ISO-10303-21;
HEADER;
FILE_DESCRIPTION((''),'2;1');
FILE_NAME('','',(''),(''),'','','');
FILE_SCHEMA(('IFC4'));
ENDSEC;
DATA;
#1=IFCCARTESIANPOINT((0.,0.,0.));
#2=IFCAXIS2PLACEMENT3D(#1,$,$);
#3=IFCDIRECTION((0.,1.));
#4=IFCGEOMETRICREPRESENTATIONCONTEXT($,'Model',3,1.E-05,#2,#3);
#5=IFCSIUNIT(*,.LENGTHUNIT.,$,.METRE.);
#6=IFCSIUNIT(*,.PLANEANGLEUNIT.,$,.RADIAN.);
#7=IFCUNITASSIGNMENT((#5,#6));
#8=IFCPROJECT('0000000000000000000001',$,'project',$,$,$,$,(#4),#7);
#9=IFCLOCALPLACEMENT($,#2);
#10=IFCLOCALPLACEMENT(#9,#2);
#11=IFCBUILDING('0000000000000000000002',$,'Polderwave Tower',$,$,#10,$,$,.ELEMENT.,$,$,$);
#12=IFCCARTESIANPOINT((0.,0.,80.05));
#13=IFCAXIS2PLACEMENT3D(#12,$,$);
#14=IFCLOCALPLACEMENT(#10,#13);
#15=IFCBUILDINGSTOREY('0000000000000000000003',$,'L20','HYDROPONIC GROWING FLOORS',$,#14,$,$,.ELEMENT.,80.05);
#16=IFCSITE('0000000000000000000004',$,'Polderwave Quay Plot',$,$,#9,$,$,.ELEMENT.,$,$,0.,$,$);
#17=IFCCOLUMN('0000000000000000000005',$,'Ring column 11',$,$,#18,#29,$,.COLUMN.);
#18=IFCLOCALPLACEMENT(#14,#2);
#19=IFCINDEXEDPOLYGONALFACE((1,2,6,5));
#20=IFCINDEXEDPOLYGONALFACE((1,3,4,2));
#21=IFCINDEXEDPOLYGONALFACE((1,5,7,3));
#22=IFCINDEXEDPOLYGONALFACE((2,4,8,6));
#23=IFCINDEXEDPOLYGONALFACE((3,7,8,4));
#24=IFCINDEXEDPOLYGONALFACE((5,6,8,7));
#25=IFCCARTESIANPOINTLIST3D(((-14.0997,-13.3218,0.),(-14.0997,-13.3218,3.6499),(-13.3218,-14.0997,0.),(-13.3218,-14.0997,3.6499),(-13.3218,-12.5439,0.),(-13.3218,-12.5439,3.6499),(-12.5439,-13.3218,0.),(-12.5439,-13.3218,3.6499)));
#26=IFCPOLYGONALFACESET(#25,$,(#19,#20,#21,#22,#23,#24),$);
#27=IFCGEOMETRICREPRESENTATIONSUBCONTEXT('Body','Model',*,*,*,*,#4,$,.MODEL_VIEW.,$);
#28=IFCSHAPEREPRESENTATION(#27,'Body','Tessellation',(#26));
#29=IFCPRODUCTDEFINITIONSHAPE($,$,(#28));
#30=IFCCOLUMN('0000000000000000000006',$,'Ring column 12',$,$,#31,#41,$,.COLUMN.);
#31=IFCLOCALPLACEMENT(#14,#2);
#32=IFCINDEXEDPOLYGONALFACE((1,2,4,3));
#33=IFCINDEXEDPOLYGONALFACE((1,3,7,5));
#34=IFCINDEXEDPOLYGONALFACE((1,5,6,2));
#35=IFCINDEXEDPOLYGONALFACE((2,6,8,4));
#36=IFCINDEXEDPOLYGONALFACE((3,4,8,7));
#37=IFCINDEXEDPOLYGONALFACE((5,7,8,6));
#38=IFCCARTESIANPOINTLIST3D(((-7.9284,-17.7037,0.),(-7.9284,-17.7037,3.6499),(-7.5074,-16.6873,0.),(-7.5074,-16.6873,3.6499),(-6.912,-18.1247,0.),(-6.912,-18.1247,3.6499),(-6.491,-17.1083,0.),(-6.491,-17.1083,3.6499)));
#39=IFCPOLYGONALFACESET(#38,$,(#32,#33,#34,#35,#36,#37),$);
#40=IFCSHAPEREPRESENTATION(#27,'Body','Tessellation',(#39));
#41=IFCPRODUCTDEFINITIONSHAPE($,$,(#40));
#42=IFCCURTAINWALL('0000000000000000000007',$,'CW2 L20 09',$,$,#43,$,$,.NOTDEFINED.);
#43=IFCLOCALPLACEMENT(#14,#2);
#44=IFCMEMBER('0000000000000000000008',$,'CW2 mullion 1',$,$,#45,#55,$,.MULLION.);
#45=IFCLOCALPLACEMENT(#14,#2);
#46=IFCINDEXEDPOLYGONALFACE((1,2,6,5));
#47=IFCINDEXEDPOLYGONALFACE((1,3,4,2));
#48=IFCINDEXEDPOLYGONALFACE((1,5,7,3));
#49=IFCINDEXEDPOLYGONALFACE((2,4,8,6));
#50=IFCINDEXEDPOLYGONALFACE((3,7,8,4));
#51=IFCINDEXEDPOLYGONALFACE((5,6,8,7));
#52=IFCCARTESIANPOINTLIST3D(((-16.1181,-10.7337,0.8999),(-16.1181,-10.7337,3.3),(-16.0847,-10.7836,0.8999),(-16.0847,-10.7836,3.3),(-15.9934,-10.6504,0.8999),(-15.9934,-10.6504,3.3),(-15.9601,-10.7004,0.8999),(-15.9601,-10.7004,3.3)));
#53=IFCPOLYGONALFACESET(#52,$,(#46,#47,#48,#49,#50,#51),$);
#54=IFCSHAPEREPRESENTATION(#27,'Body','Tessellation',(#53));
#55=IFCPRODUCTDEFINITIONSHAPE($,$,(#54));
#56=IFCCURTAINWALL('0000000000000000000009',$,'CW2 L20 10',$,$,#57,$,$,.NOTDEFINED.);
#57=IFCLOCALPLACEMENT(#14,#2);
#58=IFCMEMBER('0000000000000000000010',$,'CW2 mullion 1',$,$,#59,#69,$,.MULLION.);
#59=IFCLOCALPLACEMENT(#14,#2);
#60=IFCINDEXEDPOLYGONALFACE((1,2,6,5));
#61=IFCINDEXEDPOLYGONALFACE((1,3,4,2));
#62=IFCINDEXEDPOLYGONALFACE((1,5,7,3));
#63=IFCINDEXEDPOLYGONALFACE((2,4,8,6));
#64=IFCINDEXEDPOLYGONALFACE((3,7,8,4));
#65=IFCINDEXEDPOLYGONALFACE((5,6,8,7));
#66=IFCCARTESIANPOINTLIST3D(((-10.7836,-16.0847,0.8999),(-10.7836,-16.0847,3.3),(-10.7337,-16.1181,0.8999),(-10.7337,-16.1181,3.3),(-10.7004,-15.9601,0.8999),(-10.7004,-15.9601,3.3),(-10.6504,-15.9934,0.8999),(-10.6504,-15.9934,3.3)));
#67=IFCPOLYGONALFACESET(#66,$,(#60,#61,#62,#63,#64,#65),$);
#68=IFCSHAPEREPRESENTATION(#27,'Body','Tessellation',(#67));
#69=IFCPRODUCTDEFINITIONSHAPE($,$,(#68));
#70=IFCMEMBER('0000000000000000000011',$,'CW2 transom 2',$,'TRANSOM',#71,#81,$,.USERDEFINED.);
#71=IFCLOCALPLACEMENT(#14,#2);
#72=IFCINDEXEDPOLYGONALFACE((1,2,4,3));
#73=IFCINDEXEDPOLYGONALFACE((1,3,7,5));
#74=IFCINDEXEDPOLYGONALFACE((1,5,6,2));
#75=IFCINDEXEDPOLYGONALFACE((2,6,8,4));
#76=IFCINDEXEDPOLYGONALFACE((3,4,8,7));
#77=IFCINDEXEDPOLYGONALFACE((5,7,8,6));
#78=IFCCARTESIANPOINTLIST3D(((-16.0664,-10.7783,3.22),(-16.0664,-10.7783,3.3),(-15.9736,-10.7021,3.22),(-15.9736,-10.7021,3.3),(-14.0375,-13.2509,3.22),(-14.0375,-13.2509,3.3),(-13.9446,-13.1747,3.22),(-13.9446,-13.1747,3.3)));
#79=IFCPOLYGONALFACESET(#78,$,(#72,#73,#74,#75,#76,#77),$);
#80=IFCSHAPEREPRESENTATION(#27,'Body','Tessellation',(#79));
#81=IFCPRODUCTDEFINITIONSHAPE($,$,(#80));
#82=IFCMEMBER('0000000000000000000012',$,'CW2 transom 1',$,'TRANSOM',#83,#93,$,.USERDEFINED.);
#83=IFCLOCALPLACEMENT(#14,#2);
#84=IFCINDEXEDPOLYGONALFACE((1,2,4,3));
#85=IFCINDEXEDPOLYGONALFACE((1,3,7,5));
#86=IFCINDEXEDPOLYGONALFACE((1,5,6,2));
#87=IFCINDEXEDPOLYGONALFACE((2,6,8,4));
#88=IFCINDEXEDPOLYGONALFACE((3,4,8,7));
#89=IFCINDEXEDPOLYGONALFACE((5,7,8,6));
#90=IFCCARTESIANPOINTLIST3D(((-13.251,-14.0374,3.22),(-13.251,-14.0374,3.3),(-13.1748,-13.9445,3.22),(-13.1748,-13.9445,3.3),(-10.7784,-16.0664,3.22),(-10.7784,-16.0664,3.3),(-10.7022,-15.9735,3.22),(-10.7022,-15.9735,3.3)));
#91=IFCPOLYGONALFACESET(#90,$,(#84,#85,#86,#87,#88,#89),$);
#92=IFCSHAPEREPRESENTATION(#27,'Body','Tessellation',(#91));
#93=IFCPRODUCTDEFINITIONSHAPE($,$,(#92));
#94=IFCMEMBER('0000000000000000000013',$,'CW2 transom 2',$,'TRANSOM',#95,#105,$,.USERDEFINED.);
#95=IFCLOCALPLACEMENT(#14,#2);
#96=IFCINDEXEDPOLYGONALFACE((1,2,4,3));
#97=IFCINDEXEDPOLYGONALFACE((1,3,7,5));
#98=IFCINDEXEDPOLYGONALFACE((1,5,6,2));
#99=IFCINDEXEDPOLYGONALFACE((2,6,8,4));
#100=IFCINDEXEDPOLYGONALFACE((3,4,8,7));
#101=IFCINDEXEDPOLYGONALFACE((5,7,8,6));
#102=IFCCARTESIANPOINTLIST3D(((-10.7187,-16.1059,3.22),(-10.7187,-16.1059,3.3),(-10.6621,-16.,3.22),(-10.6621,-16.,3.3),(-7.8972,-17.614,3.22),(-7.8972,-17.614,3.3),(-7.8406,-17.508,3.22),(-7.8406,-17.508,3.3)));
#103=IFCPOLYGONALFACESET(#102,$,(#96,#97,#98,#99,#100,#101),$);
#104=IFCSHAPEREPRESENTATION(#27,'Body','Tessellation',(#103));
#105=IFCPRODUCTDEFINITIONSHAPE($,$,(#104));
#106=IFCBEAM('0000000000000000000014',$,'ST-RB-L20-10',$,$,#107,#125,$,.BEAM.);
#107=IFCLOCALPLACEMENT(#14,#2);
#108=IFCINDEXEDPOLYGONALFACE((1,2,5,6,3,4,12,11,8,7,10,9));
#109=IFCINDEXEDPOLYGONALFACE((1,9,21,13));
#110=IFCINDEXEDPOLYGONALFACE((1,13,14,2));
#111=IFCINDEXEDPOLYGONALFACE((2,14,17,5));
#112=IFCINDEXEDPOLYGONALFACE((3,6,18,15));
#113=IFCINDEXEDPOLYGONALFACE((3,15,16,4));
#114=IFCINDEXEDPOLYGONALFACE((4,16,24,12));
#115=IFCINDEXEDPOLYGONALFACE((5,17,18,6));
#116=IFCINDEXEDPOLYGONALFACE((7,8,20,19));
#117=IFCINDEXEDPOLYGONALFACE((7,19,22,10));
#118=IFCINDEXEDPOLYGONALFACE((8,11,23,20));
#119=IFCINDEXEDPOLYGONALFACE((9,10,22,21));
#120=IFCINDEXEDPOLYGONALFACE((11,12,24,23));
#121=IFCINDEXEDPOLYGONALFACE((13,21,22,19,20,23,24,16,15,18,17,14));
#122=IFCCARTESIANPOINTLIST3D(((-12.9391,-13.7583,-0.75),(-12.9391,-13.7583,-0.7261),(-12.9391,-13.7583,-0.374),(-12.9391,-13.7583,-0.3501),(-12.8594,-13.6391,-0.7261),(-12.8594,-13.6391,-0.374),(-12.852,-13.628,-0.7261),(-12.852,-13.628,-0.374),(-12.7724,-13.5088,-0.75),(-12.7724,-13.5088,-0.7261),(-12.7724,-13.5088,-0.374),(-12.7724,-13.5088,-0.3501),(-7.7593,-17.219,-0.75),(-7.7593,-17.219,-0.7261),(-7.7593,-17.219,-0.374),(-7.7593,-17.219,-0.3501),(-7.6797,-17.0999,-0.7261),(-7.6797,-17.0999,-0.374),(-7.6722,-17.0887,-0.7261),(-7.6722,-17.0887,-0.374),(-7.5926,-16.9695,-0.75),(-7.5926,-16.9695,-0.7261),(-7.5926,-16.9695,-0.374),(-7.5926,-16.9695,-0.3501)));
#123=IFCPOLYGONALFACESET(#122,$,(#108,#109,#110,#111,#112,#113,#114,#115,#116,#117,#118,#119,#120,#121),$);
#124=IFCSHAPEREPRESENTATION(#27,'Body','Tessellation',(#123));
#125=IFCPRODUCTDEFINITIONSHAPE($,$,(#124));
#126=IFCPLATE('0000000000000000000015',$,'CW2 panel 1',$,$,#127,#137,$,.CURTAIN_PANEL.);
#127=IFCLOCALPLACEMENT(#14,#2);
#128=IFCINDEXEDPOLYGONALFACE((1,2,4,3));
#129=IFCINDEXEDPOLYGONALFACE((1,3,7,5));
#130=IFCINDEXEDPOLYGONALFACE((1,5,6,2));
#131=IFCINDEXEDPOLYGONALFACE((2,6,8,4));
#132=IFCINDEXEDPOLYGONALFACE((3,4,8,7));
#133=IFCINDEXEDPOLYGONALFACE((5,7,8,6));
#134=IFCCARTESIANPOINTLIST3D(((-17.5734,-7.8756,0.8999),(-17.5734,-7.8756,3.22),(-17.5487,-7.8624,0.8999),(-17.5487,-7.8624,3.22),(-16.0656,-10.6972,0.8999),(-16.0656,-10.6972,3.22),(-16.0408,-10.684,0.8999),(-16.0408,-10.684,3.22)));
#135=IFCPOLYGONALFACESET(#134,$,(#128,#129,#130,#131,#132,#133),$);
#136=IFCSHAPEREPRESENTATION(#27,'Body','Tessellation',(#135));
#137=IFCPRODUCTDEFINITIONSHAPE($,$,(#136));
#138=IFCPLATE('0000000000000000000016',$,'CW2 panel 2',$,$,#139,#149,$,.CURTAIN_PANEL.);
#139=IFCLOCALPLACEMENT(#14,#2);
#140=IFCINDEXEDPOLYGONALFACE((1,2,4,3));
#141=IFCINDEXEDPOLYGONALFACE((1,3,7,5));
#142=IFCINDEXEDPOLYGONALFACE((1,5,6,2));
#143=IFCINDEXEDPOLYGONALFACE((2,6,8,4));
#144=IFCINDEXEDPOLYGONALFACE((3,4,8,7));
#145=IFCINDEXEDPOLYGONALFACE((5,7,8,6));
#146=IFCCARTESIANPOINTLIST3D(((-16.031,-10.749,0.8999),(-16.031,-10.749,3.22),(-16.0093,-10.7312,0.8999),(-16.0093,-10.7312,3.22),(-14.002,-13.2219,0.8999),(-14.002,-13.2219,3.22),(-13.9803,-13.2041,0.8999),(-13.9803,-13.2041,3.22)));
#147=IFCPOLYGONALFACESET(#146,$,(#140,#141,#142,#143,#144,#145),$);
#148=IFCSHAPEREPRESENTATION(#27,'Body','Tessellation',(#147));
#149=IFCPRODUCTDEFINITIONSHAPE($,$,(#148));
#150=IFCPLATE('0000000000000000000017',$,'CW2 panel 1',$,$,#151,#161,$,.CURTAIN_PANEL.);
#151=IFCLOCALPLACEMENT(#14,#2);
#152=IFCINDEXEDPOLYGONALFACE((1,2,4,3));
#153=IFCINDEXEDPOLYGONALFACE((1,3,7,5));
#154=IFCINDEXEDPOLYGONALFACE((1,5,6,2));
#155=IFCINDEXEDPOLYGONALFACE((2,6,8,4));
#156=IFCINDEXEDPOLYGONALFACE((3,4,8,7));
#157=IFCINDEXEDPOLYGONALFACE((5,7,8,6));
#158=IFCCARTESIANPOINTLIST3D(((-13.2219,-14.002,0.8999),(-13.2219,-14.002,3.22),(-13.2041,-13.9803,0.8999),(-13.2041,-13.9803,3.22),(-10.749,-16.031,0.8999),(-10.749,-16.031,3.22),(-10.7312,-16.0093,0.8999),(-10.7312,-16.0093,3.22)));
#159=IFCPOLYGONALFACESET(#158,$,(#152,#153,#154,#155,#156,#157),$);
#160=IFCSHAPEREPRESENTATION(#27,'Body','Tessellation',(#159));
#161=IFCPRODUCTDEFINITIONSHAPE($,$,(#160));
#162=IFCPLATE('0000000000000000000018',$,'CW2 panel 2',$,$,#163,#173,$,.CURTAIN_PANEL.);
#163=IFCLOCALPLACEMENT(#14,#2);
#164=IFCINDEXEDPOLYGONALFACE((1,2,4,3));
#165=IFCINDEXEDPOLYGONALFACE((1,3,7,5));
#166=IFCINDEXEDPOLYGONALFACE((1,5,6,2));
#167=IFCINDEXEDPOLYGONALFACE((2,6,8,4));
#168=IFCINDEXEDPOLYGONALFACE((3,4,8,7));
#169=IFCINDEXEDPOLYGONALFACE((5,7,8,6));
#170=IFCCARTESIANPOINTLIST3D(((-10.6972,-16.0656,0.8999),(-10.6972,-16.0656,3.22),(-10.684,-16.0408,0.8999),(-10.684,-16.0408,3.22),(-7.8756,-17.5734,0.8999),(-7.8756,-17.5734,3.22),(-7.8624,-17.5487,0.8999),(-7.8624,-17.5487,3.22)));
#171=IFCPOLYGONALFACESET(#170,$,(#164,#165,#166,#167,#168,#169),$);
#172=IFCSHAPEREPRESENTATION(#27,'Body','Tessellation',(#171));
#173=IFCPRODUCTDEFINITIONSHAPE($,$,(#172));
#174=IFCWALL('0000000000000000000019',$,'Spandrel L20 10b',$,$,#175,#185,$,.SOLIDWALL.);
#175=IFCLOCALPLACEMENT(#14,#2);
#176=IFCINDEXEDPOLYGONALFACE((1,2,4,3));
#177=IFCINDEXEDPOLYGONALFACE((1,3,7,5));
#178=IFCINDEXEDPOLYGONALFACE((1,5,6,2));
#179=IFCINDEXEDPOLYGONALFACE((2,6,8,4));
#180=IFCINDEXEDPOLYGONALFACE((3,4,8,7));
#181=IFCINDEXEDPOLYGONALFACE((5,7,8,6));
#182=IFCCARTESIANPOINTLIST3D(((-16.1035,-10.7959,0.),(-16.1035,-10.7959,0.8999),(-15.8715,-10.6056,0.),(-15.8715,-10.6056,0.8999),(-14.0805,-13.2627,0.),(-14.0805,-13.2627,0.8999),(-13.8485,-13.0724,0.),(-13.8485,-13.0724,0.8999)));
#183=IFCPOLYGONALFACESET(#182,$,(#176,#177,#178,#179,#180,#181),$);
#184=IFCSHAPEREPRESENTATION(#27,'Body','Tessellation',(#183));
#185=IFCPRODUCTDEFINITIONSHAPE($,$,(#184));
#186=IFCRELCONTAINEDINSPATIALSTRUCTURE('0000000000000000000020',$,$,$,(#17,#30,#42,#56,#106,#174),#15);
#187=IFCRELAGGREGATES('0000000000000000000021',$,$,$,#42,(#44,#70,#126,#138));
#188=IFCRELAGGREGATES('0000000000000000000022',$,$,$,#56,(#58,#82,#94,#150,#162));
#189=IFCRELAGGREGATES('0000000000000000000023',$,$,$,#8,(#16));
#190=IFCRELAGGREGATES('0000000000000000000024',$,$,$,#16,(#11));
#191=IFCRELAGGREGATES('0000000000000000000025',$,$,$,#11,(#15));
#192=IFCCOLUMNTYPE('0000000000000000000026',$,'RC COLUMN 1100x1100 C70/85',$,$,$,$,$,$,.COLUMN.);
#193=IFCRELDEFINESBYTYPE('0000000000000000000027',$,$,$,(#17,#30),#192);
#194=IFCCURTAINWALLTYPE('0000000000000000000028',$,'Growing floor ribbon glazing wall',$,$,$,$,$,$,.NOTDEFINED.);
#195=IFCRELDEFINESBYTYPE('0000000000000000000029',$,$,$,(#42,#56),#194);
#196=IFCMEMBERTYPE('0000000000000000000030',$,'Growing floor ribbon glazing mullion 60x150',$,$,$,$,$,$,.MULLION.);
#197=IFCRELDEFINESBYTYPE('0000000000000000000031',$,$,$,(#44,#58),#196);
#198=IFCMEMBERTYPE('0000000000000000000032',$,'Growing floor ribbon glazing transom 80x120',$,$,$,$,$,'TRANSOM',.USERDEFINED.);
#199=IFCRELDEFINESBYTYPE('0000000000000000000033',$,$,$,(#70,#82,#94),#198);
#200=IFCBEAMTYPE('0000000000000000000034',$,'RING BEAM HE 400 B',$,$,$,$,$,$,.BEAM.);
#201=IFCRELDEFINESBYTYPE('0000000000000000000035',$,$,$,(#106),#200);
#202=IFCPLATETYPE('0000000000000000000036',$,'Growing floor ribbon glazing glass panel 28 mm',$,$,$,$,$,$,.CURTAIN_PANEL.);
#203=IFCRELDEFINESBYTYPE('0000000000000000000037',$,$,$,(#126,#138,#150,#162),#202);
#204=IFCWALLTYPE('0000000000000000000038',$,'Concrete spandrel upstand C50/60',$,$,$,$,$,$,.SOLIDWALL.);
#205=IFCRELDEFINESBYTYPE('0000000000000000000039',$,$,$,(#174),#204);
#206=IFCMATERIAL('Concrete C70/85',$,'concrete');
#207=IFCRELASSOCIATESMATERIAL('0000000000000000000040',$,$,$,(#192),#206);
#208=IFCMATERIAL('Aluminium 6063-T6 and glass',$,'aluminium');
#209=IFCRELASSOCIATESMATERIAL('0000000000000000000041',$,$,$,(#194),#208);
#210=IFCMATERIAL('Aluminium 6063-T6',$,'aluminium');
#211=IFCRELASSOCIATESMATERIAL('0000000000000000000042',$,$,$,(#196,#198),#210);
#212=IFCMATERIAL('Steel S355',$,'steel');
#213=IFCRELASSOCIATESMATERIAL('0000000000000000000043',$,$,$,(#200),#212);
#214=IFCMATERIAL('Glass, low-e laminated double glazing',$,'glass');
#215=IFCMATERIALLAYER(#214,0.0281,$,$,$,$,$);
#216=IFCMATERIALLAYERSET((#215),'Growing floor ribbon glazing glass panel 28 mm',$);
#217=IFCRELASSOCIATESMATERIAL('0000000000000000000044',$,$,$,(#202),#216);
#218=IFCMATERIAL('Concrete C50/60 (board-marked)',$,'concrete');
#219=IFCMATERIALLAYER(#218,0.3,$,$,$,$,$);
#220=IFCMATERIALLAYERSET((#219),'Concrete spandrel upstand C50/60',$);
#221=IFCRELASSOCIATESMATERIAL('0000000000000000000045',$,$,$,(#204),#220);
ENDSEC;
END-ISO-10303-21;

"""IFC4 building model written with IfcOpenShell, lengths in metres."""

from ifc_helpers import new_model, si_unit, direction, frame, frame_2d, origin, origin_2d, place, context, subcontext, project, spatial, rectangle, i_section, extrude, material, layer, layer_set, material_profile, profile_set, type_object, element, aggregate, save


model = new_model("IFC4")

# Units and contexts
model_context = context("Model", 3, precision=1e-05, world=origin(), true_north=direction((0.0, 1.0)))
body_context = subcontext(model_context, "Body", "Model", "MODEL_VIEW")
ifc_project = project(units=[si_unit("LENGTHUNIT", "METRE"), si_unit("PLANEANGLEUNIT", "RADIAN")], contexts=[model_context])

# Site, building, storey
site_placement = place(None, origin())
site = spatial("IfcSite", under=ifc_project, at=site_placement, Name="Polderwave Quay Plot", CompositionType="ELEMENT", RefElevation=0.0)
building_placement = place(site_placement, origin())
building = spatial("IfcBuilding", under=site, at=building_placement, Name="Polderwave Tower", CompositionType="ELEMENT")
storey_placement = place(building_placement, frame((0.0, 0.0, 80.05)))
storey = spatial("IfcBuildingStorey", under=building, at=storey_placement, Name="L20", Description="HYDROPONIC GROWING FLOORS", CompositionType="ELEMENT", Elevation=80.05)

# Columns
ifc_material_1 = material(Name="Concrete C70/85", Category="concrete")
ifc_material_profile_1 = material_profile(ifc_material_1, rectangle(XDim=1.1001, YDim=1.1001, at=origin_2d()), Name="RC 1100x1100")
ifc_profile_set_1 = profile_set([ifc_material_profile_1], Name="Concrete C70/85")
column_type = type_object("IfcColumnType", Name="RC COLUMN 1100x1100 C70/85", PredefinedType="COLUMN", material=ifc_profile_set_1)
for number, where, z_axis, x_axis, name in (
    (1, (-13.3218, -13.3218, 0.0), (0.0, 0.0, 1.0), (-0.707107, -0.707107, 0.0), "Ring column 11"),
    (2, (-7.2097, -17.406, 0.0), (0.0, 0.0, 1.0), (-0.382683, -0.92388, 0.0), "Ring column 12"),
):
    element("IfcColumn", number, at=place(storey_placement, frame(where, z_axis=z_axis, x_axis=x_axis)), inside=storey, type_object=column_type, Name=name, PredefinedType="COLUMN", context=body_context, shape_type="SweptSolid", body=[
        extrude(rectangle(XDim=1.1001, YDim=1.1001, at=origin_2d()), origin(), (0.0, 0.0, 1.0), 3.6499),
    ])

# Curtain walls, members
ifc_material_2 = material(Name="Aluminium 6063-T6 and glass", Category="aluminium")
curtain_wall_type = type_object("IfcCurtainWallType", Name="Growing floor ribbon glazing wall", PredefinedType="NOTDEFINED", material=ifc_material_2)
curtain_wall_1_placement = place(storey_placement, origin())
curtain_wall_1 = element("IfcCurtainWall", 3, at=curtain_wall_1_placement, inside=storey, type_object=curtain_wall_type, Name="CW2 L20 09", PredefinedType="NOTDEFINED")
ifc_material_3 = material(Name="Aluminium 6063-T6", Category="aluminium")
ifc_material_profile_2 = material_profile(ifc_material_3, rectangle(XDim=0.1499, YDim=0.0601, at=origin_2d()), Name="AL 60x150")
ifc_profile_set_2 = profile_set([ifc_material_profile_2], Name="Aluminium 6063-T6")
member_type_1 = type_object("IfcMemberType", Name="Growing floor ribbon glazing mullion 60x150", PredefinedType="MULLION", material=ifc_profile_set_2)
member_1_placement = place(storey_placement, frame((-16.0391, -10.717, 0.8999), z_axis=(0.0, 0.0, 1.0), x_axis=(0.831519, 0.555496, 0.0)))
member_1 = element("IfcMember", 4, at=member_1_placement, type_object=member_type_1, Name="CW2 mullion 1", PredefinedType="MULLION", context=body_context, shape_type="SweptSolid", body=[
    extrude(rectangle(XDim=0.1499, YDim=0.0601, at=origin_2d()), origin(), (0.0, 0.0, 1.0), 2.4001),
])
curtain_wall_2_placement = place(storey_placement, origin())
curtain_wall_2 = element("IfcCurtainWall", 5, at=curtain_wall_2_placement, inside=storey, type_object=curtain_wall_type, Name="CW2 L20 10", PredefinedType="NOTDEFINED")
member_2_placement = place(storey_placement, frame((-10.717, -16.0391, 0.8999), z_axis=(0.0, 0.0, 1.0), x_axis=(0.555496, 0.831519, 0.0)))
member_2 = element("IfcMember", 6, at=member_2_placement, type_object=member_type_1, Name="CW2 mullion 1", PredefinedType="MULLION", context=body_context, shape_type="SweptSolid", body=[
    extrude(rectangle(XDim=0.1499, YDim=0.0601, at=origin_2d()), origin(), (0.0, 0.0, 1.0), 2.4001),
])

# Members
ifc_material_profile_3 = material_profile(ifc_material_3, rectangle(XDim=0.1201, YDim=0.0801, at=origin_2d()), Name="AL 80x120")
ifc_profile_set_3 = profile_set([ifc_material_profile_3], Name="Aluminium 6063-T6")
member_type_2 = type_object("IfcMemberType", Name="Growing floor ribbon glazing transom 80x120", ElementType="TRANSOM", PredefinedType="USERDEFINED", material=ifc_profile_set_3)
member_3_placement = place(storey_placement, frame((-16.02, -10.7402, 3.26), z_axis=(0.634355, -0.773042, 0.0), x_axis=(0.773042, 0.634355, 0.0)))
member_3 = element("IfcMember", 7, at=member_3_placement, type_object=member_type_2, Name="CW2 transom 2", ObjectType="TRANSOM", PredefinedType="USERDEFINED", context=body_context, shape_type="SweptSolid", body=[
    extrude(rectangle(XDim=0.1201, YDim=0.0801, at=origin_2d()), origin(), (0.0, 0.0, 1.0), 3.1985),
])
member_4_placement = place(storey_placement, frame((-13.2129, -13.991, 3.26), z_axis=(0.773042, -0.634355, 0.0), x_axis=(0.634355, 0.773042, 0.0)))
member_4 = element("IfcMember", 8, at=member_4_placement, type_object=member_type_2, Name="CW2 transom 1", ObjectType="TRANSOM", PredefinedType="USERDEFINED", context=body_context, shape_type="SweptSolid", body=[
    extrude(rectangle(XDim=0.1201, YDim=0.0801, at=origin_2d()), origin(), (0.0, 0.0, 1.0), 3.1985),
])
member_5_placement = place(storey_placement, frame((-10.6904, -16.053, 3.26), z_axis=(0.881932, -0.471376, 0.0), x_axis=(0.471376, 0.881932, 0.0)))
member_5 = element("IfcMember", 9, at=member_5_placement, type_object=member_type_2, Name="CW2 transom 2", ObjectType="TRANSOM", PredefinedType="USERDEFINED", context=body_context, shape_type="SweptSolid", body=[
    extrude(rectangle(XDim=0.1201, YDim=0.0801, at=origin_2d()), origin(), (0.0, 0.0, 1.0), 3.1992),
])

# Beam
ifc_material_4 = material(Name="Steel S355", Category="steel")
ifc_material_profile_4 = material_profile(ifc_material_4, i_section(OverallWidth=0.3, OverallDepth=0.3999, WebThickness=0.0134, FlangeThickness=0.0239, at=origin_2d()), Name="HE 400 B")
ifc_profile_set_4 = profile_set([ifc_material_profile_4], Name="Steel S355")
beam_type = type_object("IfcBeamType", Name="RING BEAM HE 400 B", PredefinedType="BEAM", material=ifc_profile_set_4)
beam_placement = place(storey_placement, frame((-12.8557, -13.6335, -0.55), z_axis=(0.831489, -0.555541, 0.0), x_axis=(0.555541, 0.831489, 0.0)))
element("IfcBeam", 10, at=beam_placement, inside=storey, type_object=beam_type, Name="ST-RB-L20-10", PredefinedType="BEAM", context=body_context, shape_type="SweptSolid", body=[
    extrude(i_section(OverallWidth=0.3, OverallDepth=0.3999, WebThickness=0.0134, FlangeThickness=0.0239, at=origin_2d()), origin(), (0.0, 0.0, 1.0), 6.2295),
])

# Plates
ifc_material_5 = material(Name="Glass, low-e laminated double glazing", Category="glass")
ifc_layer_1 = layer(ifc_material_5, 0.0281)
ifc_layer_set_1 = layer_set([ifc_layer_1], Name="Growing floor ribbon glazing glass panel 28 mm")
plate_type = type_object("IfcPlateType", Name="Growing floor ribbon glazing glass panel 28 mm", PredefinedType="CURTAIN_PANEL", material=ifc_layer_set_1)
plate_1_placement = place(storey_placement, frame((-16.8071, -9.2798, 0.8999), z_axis=(0.0, 0.0, 1.0), x_axis=(0.471327, -0.881958, 0.0)))
plate_1 = element("IfcPlate", 11, at=plate_1_placement, type_object=plate_type, Name="CW2 panel 1", PredefinedType="CURTAIN_PANEL", context=body_context, shape_type="SweptSolid", body=[
    extrude(rectangle(XDim=3.1992, YDim=0.0281, at=origin_2d()), origin(), (0.0, 0.0, 1.0), 2.3201),
])
plate_2_placement = place(storey_placement, frame((-15.0056, -11.9766, 0.8999), z_axis=(0.0, 0.0, 1.0), x_axis=(0.634316, -0.773074, 0.0)))
plate_2 = element("IfcPlate", 12, at=plate_2_placement, type_object=plate_type, Name="CW2 panel 2", PredefinedType="CURTAIN_PANEL", context=body_context, shape_type="SweptSolid", body=[
    extrude(rectangle(XDim=3.1987, YDim=0.0281, at=origin_2d()), origin(), (0.0, 0.0, 1.0), 2.3201),
])
aggregate(curtain_wall_1, [member_1, member_3, plate_1, plate_2])
plate_3_placement = place(storey_placement, frame((-11.9766, -15.0056, 0.8999), z_axis=(0.0, 0.0, 1.0), x_axis=(0.773074, -0.634316, 0.0)))
plate_3 = element("IfcPlate", 13, at=plate_3_placement, type_object=plate_type, Name="CW2 panel 1", PredefinedType="CURTAIN_PANEL", context=body_context, shape_type="SweptSolid", body=[
    extrude(rectangle(XDim=3.1987, YDim=0.0281, at=origin_2d()), origin(), (0.0, 0.0, 1.0), 2.3201),
])
plate_4_placement = place(storey_placement, frame((-9.2798, -16.8071, 0.8999), z_axis=(0.0, 0.0, 1.0), x_axis=(0.881958, -0.471327, 0.0)))
plate_4 = element("IfcPlate", 14, at=plate_4_placement, type_object=plate_type, Name="CW2 panel 2", PredefinedType="CURTAIN_PANEL", context=body_context, shape_type="SweptSolid", body=[
    extrude(rectangle(XDim=3.1992, YDim=0.0281, at=origin_2d()), origin(), (0.0, 0.0, 1.0), 2.3201),
])
aggregate(curtain_wall_2, [member_2, member_4, member_5, plate_3, plate_4])

# Wall
ifc_material_6 = material(Name="Concrete C50/60 (board-marked)", Category="concrete")
ifc_layer_2 = layer(ifc_material_6, 0.3)
ifc_layer_set_2 = layer_set([ifc_layer_2], Name="Concrete spandrel upstand C50/60")
wall_type_1 = type_object("IfcWallType", Name="Concrete spandrel upstand C50/60", PredefinedType="SOLIDWALL", material=ifc_layer_set_2)
for number, where, z_axis, x_axis, name in (
    (15, (-15.9875, -10.7007, 0.0), (0.0, 0.0, 1.0), (0.634113, -0.773241, 0.0), "Spandrel L20 10b"),
):
    element("IfcWall", number, at=place(storey_placement, frame(where, z_axis=z_axis, x_axis=x_axis)), inside=storey, type_object=wall_type_1, Name=name, PredefinedType="SOLIDWALL", context=body_context, shape_type="SweptSolid", body=[
        extrude(rectangle(XDim=3.1902, YDim=0.3, at=frame_2d((1.5952, 0.0))), origin(), (0.0, 0.0, 1.0), 0.8999),
    ])

save(model, "model.ifc")
